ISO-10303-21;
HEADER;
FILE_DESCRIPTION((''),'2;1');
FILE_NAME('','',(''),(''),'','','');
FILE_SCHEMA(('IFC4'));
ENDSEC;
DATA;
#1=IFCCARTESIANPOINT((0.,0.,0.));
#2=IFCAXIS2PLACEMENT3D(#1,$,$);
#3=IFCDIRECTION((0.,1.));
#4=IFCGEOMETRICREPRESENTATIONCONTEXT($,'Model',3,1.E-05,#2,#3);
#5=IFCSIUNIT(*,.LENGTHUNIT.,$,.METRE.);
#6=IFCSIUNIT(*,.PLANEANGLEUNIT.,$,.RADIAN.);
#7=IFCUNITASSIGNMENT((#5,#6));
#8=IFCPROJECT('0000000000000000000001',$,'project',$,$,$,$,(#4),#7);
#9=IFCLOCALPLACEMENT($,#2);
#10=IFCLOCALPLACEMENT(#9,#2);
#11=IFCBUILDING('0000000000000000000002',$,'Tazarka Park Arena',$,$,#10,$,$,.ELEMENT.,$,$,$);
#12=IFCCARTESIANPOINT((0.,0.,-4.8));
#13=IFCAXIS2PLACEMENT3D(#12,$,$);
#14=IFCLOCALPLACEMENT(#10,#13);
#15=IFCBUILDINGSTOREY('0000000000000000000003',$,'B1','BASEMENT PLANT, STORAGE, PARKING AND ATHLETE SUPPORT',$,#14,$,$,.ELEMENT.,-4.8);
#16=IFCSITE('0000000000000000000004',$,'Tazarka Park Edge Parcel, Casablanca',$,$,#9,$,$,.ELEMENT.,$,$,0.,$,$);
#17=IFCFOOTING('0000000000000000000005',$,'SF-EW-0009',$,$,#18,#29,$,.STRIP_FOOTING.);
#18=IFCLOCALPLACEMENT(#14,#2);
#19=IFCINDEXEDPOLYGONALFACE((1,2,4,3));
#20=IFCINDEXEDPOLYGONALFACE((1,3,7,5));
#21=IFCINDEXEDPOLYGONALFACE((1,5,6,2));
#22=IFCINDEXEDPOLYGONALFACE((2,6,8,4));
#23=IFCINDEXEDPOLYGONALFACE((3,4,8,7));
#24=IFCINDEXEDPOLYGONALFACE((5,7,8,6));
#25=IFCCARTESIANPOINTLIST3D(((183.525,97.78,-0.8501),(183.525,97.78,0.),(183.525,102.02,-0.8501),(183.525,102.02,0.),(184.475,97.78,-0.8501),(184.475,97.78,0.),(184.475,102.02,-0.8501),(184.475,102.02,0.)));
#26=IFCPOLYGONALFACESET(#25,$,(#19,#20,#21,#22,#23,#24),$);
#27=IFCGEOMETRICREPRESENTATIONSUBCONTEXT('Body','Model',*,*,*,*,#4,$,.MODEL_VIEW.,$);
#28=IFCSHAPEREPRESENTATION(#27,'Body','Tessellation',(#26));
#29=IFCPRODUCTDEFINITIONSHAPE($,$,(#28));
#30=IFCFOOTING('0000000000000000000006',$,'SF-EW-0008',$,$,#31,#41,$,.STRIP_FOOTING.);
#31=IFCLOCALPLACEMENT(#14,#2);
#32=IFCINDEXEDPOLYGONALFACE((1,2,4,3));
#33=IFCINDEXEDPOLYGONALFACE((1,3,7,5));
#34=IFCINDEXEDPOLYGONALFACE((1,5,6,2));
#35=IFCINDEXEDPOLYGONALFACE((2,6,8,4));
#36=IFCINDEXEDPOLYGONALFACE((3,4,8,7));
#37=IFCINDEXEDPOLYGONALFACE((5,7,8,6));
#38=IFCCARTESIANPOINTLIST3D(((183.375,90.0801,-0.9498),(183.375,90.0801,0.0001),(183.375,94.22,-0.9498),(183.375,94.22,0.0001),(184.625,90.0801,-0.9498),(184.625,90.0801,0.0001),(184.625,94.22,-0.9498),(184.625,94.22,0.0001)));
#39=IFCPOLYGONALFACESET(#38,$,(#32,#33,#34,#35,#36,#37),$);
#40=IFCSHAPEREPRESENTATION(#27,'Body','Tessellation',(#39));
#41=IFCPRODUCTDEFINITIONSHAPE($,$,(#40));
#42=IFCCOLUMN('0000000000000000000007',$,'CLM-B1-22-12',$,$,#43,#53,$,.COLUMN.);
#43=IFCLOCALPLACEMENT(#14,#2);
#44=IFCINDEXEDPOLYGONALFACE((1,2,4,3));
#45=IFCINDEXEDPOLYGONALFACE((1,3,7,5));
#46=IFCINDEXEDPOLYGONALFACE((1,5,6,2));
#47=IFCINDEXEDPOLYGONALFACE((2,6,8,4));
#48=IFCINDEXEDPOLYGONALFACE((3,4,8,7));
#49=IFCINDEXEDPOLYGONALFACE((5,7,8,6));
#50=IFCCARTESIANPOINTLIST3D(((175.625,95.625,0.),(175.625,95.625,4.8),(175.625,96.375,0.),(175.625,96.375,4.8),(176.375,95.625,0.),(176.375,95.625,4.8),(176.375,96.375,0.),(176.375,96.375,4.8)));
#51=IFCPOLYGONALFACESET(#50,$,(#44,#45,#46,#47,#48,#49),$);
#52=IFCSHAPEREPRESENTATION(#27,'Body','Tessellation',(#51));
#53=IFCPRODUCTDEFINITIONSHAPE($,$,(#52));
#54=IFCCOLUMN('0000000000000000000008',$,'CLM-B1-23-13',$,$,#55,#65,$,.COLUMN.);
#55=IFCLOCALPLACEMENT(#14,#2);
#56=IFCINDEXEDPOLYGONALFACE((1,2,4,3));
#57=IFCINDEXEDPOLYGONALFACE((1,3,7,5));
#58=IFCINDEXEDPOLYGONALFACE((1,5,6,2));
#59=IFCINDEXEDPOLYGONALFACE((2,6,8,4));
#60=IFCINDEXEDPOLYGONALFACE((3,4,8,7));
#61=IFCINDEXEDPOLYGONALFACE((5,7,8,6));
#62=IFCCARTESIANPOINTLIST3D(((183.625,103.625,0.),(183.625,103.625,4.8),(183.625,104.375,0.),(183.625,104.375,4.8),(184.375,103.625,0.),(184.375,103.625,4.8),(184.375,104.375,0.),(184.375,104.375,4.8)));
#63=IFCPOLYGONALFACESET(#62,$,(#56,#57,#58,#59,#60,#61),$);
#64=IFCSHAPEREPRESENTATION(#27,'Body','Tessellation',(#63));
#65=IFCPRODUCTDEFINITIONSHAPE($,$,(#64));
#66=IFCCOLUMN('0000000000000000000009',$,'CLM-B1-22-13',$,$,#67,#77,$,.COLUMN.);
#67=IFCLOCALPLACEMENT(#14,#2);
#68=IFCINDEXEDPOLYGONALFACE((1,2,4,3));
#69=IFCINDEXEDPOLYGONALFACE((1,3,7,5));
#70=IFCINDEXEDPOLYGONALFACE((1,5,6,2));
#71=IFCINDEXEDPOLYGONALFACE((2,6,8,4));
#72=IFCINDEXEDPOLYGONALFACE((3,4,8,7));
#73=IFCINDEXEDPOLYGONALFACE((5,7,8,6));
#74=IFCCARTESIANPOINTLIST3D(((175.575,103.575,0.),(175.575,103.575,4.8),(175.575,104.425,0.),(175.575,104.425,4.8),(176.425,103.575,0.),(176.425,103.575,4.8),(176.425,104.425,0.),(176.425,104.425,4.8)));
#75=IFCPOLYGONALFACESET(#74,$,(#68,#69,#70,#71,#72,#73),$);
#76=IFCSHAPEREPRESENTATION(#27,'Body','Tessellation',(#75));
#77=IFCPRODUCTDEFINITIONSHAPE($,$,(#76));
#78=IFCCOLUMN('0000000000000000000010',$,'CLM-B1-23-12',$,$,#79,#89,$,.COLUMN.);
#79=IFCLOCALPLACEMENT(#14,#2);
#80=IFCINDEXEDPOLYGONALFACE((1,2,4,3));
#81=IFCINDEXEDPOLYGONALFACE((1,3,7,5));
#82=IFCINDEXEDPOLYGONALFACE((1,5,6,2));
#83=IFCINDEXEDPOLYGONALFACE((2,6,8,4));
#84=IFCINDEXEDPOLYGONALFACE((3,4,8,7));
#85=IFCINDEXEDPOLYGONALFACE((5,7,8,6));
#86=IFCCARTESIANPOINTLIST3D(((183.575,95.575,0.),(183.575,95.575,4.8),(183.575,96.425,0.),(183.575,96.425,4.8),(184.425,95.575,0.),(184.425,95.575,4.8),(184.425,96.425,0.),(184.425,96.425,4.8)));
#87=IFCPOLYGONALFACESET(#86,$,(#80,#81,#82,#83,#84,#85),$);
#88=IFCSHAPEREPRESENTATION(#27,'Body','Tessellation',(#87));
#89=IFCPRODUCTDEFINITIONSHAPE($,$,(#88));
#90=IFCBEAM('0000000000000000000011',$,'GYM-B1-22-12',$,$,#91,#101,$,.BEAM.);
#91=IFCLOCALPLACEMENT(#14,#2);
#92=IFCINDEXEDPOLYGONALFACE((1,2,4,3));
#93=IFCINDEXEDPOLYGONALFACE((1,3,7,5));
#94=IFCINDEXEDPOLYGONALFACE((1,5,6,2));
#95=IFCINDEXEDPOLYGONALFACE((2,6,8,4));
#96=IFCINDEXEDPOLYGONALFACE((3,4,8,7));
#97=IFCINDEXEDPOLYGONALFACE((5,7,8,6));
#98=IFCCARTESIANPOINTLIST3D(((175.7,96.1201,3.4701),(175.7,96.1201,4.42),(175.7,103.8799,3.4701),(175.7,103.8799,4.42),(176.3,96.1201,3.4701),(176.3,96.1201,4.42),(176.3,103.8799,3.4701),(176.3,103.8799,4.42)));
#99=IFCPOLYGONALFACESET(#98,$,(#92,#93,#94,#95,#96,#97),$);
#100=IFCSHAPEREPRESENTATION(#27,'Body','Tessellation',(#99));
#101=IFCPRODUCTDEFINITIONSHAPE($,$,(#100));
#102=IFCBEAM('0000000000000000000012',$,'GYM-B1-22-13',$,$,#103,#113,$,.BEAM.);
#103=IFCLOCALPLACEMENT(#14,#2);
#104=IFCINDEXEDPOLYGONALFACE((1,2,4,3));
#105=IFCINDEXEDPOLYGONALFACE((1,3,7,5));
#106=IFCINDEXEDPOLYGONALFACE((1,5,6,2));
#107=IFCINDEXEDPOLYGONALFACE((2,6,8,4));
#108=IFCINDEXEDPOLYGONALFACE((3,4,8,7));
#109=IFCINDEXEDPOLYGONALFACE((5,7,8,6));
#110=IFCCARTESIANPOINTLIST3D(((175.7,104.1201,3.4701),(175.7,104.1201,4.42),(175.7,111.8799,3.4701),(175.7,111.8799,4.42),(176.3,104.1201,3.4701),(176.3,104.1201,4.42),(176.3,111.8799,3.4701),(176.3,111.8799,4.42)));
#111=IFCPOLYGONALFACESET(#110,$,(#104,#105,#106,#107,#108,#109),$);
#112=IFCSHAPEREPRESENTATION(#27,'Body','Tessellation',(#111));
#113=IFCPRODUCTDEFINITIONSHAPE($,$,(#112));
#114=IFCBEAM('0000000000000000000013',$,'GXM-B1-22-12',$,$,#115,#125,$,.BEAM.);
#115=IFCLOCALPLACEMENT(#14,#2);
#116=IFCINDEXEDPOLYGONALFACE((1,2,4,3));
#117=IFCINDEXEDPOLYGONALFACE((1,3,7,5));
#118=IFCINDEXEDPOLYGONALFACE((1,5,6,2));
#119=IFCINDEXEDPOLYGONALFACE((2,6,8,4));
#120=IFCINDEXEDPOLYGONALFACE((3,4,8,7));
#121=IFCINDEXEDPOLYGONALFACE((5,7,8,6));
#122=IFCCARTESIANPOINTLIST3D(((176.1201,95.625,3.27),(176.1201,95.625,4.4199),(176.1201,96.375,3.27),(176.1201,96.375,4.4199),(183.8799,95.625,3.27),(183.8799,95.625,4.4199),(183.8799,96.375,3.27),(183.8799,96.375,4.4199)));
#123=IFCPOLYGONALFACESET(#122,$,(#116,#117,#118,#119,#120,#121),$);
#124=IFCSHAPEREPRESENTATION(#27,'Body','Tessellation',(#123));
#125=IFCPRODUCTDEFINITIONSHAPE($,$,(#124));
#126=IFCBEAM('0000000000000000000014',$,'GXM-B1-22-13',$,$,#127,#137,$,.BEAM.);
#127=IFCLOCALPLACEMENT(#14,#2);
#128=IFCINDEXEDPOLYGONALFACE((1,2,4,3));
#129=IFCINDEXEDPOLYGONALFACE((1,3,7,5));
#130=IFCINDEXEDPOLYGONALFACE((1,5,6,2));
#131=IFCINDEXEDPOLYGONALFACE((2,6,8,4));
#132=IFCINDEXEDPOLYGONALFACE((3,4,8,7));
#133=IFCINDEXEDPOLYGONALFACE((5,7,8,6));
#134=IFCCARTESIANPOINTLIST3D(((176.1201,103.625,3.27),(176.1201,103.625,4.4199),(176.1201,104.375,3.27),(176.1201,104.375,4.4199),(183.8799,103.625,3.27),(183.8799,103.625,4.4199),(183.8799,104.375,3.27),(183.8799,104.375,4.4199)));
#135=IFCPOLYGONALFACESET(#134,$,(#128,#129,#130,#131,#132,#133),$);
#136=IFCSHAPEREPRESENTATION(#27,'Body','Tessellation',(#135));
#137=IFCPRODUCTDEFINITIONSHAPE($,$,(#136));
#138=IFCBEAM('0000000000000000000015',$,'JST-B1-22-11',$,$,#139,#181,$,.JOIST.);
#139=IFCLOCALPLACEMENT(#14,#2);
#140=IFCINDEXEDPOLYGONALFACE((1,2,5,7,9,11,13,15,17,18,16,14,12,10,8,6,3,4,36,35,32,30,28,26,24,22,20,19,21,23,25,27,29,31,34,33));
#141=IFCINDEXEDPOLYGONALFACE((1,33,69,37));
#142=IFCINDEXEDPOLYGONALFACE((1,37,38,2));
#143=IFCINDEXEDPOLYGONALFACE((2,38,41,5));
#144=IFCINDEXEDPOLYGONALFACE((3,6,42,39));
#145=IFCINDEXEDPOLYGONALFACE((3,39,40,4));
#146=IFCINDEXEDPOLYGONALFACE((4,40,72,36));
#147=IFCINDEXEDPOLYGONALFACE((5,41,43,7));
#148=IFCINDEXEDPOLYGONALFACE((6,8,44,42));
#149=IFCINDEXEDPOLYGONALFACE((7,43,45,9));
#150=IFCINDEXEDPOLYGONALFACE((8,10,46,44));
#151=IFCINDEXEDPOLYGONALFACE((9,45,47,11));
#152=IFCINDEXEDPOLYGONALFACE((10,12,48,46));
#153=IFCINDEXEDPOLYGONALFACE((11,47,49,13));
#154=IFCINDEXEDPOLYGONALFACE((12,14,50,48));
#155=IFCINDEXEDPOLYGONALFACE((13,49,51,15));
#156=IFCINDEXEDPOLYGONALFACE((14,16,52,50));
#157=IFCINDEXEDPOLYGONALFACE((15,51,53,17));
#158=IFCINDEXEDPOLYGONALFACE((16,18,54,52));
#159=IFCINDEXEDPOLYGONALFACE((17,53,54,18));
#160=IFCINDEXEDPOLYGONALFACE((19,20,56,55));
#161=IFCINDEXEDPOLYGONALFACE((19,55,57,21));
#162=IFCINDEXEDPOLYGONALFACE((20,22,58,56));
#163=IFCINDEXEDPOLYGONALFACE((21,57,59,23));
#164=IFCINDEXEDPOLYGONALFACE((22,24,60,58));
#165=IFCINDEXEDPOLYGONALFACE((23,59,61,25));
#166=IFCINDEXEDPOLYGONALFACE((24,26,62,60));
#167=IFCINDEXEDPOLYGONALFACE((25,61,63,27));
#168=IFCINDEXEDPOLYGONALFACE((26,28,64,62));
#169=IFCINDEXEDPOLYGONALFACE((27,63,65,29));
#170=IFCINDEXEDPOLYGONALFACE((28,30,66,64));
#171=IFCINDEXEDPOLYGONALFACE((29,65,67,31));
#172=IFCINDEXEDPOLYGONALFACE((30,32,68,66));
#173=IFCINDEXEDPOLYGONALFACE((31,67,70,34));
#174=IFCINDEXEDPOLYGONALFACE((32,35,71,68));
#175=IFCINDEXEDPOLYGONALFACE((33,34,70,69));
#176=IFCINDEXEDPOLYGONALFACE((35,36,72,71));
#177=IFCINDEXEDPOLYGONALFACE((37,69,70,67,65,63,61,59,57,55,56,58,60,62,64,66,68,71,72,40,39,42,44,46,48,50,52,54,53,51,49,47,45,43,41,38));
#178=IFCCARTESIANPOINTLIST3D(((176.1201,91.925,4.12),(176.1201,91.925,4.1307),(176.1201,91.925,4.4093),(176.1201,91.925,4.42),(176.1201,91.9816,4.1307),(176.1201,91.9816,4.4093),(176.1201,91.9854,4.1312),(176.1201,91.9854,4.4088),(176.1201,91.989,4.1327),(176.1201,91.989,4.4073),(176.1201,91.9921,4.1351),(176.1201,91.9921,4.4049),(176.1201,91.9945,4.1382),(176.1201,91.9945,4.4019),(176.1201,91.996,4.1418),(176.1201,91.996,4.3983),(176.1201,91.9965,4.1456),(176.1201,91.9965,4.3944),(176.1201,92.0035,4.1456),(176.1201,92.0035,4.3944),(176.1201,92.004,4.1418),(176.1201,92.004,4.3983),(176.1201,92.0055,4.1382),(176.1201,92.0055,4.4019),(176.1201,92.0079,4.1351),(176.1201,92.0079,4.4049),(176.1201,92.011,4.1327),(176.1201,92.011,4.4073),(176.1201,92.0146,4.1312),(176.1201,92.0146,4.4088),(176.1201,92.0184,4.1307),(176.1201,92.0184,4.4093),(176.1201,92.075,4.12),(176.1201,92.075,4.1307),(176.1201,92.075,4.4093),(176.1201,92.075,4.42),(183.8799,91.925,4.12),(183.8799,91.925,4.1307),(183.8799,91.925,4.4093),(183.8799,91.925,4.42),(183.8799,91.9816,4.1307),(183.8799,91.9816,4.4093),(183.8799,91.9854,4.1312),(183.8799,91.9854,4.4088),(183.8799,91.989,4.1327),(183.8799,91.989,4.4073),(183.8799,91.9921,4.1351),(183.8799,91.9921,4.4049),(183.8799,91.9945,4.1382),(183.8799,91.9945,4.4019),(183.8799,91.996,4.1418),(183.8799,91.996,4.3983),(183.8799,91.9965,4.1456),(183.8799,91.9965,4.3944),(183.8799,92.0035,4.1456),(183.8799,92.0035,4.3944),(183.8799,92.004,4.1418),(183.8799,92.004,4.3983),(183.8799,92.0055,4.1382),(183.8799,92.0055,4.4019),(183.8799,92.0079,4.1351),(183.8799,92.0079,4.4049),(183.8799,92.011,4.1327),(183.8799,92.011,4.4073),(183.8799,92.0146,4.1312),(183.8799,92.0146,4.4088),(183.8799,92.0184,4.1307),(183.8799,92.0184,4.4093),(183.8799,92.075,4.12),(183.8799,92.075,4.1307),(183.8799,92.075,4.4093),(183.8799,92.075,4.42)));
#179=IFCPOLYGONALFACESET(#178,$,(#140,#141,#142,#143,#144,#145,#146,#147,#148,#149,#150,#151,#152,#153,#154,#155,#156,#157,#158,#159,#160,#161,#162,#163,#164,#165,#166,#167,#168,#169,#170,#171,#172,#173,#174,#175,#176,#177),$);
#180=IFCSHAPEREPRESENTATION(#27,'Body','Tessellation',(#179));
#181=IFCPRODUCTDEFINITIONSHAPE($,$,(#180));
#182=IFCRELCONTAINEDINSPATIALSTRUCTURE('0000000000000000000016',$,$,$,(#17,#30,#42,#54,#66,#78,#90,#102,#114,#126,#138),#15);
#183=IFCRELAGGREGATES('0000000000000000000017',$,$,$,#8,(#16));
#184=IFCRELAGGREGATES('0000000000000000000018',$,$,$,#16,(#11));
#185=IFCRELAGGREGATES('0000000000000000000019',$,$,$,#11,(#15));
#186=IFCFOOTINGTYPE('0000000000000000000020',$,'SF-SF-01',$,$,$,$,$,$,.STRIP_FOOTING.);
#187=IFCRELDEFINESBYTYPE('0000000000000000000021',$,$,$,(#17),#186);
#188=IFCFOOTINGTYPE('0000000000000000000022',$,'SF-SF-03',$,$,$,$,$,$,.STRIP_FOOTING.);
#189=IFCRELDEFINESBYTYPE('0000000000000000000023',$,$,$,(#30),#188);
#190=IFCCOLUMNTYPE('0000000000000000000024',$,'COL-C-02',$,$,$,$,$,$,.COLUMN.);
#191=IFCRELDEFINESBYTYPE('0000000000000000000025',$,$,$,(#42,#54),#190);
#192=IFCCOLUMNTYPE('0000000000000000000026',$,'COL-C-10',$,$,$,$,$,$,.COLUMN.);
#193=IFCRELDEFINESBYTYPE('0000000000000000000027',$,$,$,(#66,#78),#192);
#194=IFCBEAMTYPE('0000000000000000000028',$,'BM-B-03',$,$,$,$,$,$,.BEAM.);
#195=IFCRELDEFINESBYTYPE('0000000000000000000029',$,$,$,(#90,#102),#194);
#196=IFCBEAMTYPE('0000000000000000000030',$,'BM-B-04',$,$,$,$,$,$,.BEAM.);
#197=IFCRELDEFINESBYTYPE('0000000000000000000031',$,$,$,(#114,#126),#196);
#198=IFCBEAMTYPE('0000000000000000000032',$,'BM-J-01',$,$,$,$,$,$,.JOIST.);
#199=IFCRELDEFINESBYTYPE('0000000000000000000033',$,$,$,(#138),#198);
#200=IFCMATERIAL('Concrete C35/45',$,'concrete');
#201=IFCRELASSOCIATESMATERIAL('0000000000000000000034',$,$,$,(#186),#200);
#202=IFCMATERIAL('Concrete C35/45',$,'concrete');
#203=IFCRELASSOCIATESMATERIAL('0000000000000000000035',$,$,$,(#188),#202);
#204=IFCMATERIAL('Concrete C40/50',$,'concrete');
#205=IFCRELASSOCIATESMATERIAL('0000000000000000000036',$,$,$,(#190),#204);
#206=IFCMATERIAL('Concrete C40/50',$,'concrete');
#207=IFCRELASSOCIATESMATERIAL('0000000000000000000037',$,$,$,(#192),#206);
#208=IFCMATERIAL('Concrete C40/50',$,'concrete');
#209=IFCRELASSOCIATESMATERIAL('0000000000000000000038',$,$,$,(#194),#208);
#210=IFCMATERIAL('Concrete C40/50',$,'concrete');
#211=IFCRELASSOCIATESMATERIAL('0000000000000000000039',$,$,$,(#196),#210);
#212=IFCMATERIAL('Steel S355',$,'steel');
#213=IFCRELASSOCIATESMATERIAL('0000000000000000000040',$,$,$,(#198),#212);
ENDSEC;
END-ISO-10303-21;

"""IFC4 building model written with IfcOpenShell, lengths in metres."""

from ifc_helpers import new_model, si_unit, direction, frame, origin, origin_2d, place, context, subcontext, project, spatial, rectangle, i_section, extrude, material, material_profile, profile_set, type_object, element, save


model = new_model("IFC4")

# Units and contexts
model_context = context("Model", 3, precision=1e-05, world=origin(), true_north=direction((0.0, 1.0)))
body_context = subcontext(model_context, "Body", "Model", "MODEL_VIEW")
ifc_project = project(units=[si_unit("LENGTHUNIT", "METRE"), si_unit("PLANEANGLEUNIT", "RADIAN")], contexts=[model_context])

# Site, building, storey
site_placement = place(None, origin())
site = spatial("IfcSite", under=ifc_project, at=site_placement, Name="Tazarka Park Edge Parcel, Casablanca", CompositionType="ELEMENT", RefElevation=0.0)
building_placement = place(site_placement, origin())
building = spatial("IfcBuilding", under=site, at=building_placement, Name="Tazarka Park Arena", CompositionType="ELEMENT")
storey_placement = place(building_placement, frame((0.0, 0.0, -4.8)))
storey = spatial("IfcBuildingStorey", under=building, at=storey_placement, Name="B1", Description="BASEMENT PLANT, STORAGE, PARKING AND ATHLETE SUPPORT", CompositionType="ELEMENT", Elevation=-4.8)

# Footings
ifc_material_1 = material(Name="Concrete C35/45", Category="concrete")
ifc_material_profile_1 = material_profile(ifc_material_1, rectangle(XDim=0.95, YDim=0.8501, at=origin_2d()), Name="Concrete C35/45")
ifc_profile_set_1 = profile_set([ifc_material_profile_1], Name="Concrete C35/45")
footing_type_1 = type_object("IfcFootingType", Name="SF-SF-01", PredefinedType="STRIP_FOOTING", material=ifc_profile_set_1)
footing_1_placement = place(storey_placement, frame((184.0, 102.02, -0.425), z_axis=(0.0, -1.0, 0.0), x_axis=(1.0, 0.0, 0.0)))
element("IfcFooting", 1, at=footing_1_placement, inside=storey, type_object=footing_type_1, Name="SF-EW-0009", PredefinedType="STRIP_FOOTING", context=body_context, shape_type="SweptSolid", body=[
    extrude(rectangle(XDim=0.95, YDim=0.8501, at=origin_2d()), origin(), (0.0, 0.0, 1.0), 4.24),
])
ifc_material_2 = material(Name="Concrete C35/45", Category="concrete")
ifc_material_profile_2 = material_profile(ifc_material_2, rectangle(XDim=1.25, YDim=0.95, at=origin_2d()), Name="Concrete C35/45")
ifc_profile_set_2 = profile_set([ifc_material_profile_2], Name="Concrete C35/45")
footing_type_2 = type_object("IfcFootingType", Name="SF-SF-03", PredefinedType="STRIP_FOOTING", material=ifc_profile_set_2)
footing_2_placement = place(storey_placement, frame((184.0, 94.22, -0.4749), z_axis=(0.0, -1.0, 0.0), x_axis=(1.0, 0.0, 0.0)))
element("IfcFooting", 2, at=footing_2_placement, inside=storey, type_object=footing_type_2, Name="SF-EW-0008", PredefinedType="STRIP_FOOTING", context=body_context, shape_type="SweptSolid", body=[
    extrude(rectangle(XDim=1.25, YDim=0.95, at=origin_2d()), origin(), (0.0, 0.0, 1.0), 4.1399),
])

# Columns
ifc_material_3 = material(Name="Concrete C40/50", Category="concrete")
ifc_material_profile_3 = material_profile(ifc_material_3, rectangle(XDim=0.75, YDim=0.75, at=origin_2d()), Name="Concrete C40/50")
ifc_profile_set_3 = profile_set([ifc_material_profile_3], Name="Concrete C40/50")
column_type_1 = type_object("IfcColumnType", Name="COL-C-02", PredefinedType="COLUMN", material=ifc_profile_set_3)
for number, where, z_axis, x_axis, name in (
    (3, (176.0, 96.0, 0.0), (0.0, 0.0, 1.0), (1.0, 0.0, 0.0), "CLM-B1-22-12"),
    (4, (184.0, 104.0, 0.0), (0.0, 0.0, 1.0), (1.0, 0.0, 0.0), "CLM-B1-23-13"),
):
    element("IfcColumn", number, at=place(storey_placement, frame(where, z_axis=z_axis, x_axis=x_axis)), inside=storey, type_object=column_type_1, Name=name, PredefinedType="COLUMN", context=body_context, shape_type="SweptSolid", body=[
        extrude(rectangle(XDim=0.75, YDim=0.75, at=origin_2d()), origin(), (0.0, 0.0, 1.0), 4.8),
    ])
ifc_material_4 = material(Name="Concrete C40/50", Category="concrete")
ifc_material_profile_4 = material_profile(ifc_material_4, rectangle(XDim=0.8501, YDim=0.8501, at=origin_2d()), Name="Concrete C40/50")
ifc_profile_set_4 = profile_set([ifc_material_profile_4], Name="Concrete C40/50")
column_type_2 = type_object("IfcColumnType", Name="COL-C-10", PredefinedType="COLUMN", material=ifc_profile_set_4)
for number, where, z_axis, x_axis, name in (
    (5, (176.0, 104.0, 0.0), (0.0, 0.0, 1.0), (1.0, 0.0, 0.0), "CLM-B1-22-13"),
    (6, (184.0, 96.0, 0.0), (0.0, 0.0, 1.0), (1.0, 0.0, 0.0), "CLM-B1-23-12"),
):
    element("IfcColumn", number, at=place(storey_placement, frame(where, z_axis=z_axis, x_axis=x_axis)), inside=storey, type_object=column_type_2, Name=name, PredefinedType="COLUMN", context=body_context, shape_type="SweptSolid", body=[
        extrude(rectangle(XDim=0.8501, YDim=0.8501, at=origin_2d()), origin(), (0.0, 0.0, 1.0), 4.8),
    ])

# Beams
ifc_material_5 = material(Name="Concrete C40/50", Category="concrete")
ifc_material_profile_5 = material_profile(ifc_material_5, rectangle(XDim=0.6001, YDim=0.95, at=origin_2d()), Name="Concrete C40/50")
ifc_profile_set_5 = profile_set([ifc_material_profile_5], Name="Concrete C40/50")
beam_type_1 = type_object("IfcBeamType", Name="BM-B-03", PredefinedType="BEAM", material=ifc_profile_set_5)
for number, where, z_axis, x_axis, name in (
    (7, (176.0, 96.1201, 3.9451), (0.0, 1.0, 0.0), (-1.0, 0.0, 0.0), "GYM-B1-22-12"),
    (8, (176.0, 104.1201, 3.9451), (0.0, 1.0, 0.0), (-1.0, 0.0, 0.0), "GYM-B1-22-13"),
):
    element("IfcBeam", number, at=place(storey_placement, frame(where, z_axis=z_axis, x_axis=x_axis)), inside=storey, type_object=beam_type_1, Name=name, PredefinedType="BEAM", context=body_context, shape_type="SweptSolid", body=[
        extrude(rectangle(XDim=0.6001, YDim=0.95, at=origin_2d()), origin(), (0.0, 0.0, 1.0), 7.7598),
    ])
ifc_material_6 = material(Name="Concrete C40/50", Category="concrete")
ifc_material_profile_6 = material_profile(ifc_material_6, rectangle(XDim=0.75, YDim=1.1499, at=origin_2d()), Name="Concrete C40/50")
ifc_profile_set_6 = profile_set([ifc_material_profile_6], Name="Concrete C40/50")
beam_type_2 = type_object("IfcBeamType", Name="BM-B-04", PredefinedType="BEAM", material=ifc_profile_set_6)
for number, where, z_axis, x_axis, name in (
    (9, (176.1201, 96.0, 3.845), (1.0, 0.0, 0.0), (0.0, 1.0, 0.0), "GXM-B1-22-12"),
    (10, (176.1201, 104.0, 3.845), (1.0, 0.0, 0.0), (0.0, 1.0, 0.0), "GXM-B1-22-13"),
):
    element("IfcBeam", number, at=place(storey_placement, frame(where, z_axis=z_axis, x_axis=x_axis)), inside=storey, type_object=beam_type_2, Name=name, PredefinedType="BEAM", context=body_context, shape_type="SweptSolid", body=[
        extrude(rectangle(XDim=0.75, YDim=1.1499, at=origin_2d()), origin(), (0.0, 0.0, 1.0), 7.7598),
    ])
ifc_material_7 = material(Name="Steel S355", Category="steel")
ifc_material_profile_7 = material_profile(ifc_material_7, i_section(OverallWidth=0.1499, OverallDepth=0.3, WebThickness=0.0071, FlangeThickness=0.0107, FilletRadius=0.0149, at=origin_2d()), Name="Steel S355")
ifc_profile_set_7 = profile_set([ifc_material_profile_7], Name="Steel S355")
beam_type_3 = type_object("IfcBeamType", Name="BM-J-01", PredefinedType="JOIST", material=ifc_profile_set_7)
beam_1_placement = place(storey_placement, frame((176.1201, 92.0, 4.27), z_axis=(1.0, 0.0, 0.0), x_axis=(0.0, 1.0, 0.0)))
element("IfcBeam", 11, at=beam_1_placement, inside=storey, type_object=beam_type_3, Name="JST-B1-22-11", PredefinedType="JOIST", context=body_context, shape_type="SweptSolid", body=[
    extrude(i_section(OverallWidth=0.1499, OverallDepth=0.3, WebThickness=0.0071, FlangeThickness=0.0107, FilletRadius=0.0149, at=origin_2d()), origin(), (0.0, 0.0, 1.0), 7.7598),
])

save(model, "model.ifc")
